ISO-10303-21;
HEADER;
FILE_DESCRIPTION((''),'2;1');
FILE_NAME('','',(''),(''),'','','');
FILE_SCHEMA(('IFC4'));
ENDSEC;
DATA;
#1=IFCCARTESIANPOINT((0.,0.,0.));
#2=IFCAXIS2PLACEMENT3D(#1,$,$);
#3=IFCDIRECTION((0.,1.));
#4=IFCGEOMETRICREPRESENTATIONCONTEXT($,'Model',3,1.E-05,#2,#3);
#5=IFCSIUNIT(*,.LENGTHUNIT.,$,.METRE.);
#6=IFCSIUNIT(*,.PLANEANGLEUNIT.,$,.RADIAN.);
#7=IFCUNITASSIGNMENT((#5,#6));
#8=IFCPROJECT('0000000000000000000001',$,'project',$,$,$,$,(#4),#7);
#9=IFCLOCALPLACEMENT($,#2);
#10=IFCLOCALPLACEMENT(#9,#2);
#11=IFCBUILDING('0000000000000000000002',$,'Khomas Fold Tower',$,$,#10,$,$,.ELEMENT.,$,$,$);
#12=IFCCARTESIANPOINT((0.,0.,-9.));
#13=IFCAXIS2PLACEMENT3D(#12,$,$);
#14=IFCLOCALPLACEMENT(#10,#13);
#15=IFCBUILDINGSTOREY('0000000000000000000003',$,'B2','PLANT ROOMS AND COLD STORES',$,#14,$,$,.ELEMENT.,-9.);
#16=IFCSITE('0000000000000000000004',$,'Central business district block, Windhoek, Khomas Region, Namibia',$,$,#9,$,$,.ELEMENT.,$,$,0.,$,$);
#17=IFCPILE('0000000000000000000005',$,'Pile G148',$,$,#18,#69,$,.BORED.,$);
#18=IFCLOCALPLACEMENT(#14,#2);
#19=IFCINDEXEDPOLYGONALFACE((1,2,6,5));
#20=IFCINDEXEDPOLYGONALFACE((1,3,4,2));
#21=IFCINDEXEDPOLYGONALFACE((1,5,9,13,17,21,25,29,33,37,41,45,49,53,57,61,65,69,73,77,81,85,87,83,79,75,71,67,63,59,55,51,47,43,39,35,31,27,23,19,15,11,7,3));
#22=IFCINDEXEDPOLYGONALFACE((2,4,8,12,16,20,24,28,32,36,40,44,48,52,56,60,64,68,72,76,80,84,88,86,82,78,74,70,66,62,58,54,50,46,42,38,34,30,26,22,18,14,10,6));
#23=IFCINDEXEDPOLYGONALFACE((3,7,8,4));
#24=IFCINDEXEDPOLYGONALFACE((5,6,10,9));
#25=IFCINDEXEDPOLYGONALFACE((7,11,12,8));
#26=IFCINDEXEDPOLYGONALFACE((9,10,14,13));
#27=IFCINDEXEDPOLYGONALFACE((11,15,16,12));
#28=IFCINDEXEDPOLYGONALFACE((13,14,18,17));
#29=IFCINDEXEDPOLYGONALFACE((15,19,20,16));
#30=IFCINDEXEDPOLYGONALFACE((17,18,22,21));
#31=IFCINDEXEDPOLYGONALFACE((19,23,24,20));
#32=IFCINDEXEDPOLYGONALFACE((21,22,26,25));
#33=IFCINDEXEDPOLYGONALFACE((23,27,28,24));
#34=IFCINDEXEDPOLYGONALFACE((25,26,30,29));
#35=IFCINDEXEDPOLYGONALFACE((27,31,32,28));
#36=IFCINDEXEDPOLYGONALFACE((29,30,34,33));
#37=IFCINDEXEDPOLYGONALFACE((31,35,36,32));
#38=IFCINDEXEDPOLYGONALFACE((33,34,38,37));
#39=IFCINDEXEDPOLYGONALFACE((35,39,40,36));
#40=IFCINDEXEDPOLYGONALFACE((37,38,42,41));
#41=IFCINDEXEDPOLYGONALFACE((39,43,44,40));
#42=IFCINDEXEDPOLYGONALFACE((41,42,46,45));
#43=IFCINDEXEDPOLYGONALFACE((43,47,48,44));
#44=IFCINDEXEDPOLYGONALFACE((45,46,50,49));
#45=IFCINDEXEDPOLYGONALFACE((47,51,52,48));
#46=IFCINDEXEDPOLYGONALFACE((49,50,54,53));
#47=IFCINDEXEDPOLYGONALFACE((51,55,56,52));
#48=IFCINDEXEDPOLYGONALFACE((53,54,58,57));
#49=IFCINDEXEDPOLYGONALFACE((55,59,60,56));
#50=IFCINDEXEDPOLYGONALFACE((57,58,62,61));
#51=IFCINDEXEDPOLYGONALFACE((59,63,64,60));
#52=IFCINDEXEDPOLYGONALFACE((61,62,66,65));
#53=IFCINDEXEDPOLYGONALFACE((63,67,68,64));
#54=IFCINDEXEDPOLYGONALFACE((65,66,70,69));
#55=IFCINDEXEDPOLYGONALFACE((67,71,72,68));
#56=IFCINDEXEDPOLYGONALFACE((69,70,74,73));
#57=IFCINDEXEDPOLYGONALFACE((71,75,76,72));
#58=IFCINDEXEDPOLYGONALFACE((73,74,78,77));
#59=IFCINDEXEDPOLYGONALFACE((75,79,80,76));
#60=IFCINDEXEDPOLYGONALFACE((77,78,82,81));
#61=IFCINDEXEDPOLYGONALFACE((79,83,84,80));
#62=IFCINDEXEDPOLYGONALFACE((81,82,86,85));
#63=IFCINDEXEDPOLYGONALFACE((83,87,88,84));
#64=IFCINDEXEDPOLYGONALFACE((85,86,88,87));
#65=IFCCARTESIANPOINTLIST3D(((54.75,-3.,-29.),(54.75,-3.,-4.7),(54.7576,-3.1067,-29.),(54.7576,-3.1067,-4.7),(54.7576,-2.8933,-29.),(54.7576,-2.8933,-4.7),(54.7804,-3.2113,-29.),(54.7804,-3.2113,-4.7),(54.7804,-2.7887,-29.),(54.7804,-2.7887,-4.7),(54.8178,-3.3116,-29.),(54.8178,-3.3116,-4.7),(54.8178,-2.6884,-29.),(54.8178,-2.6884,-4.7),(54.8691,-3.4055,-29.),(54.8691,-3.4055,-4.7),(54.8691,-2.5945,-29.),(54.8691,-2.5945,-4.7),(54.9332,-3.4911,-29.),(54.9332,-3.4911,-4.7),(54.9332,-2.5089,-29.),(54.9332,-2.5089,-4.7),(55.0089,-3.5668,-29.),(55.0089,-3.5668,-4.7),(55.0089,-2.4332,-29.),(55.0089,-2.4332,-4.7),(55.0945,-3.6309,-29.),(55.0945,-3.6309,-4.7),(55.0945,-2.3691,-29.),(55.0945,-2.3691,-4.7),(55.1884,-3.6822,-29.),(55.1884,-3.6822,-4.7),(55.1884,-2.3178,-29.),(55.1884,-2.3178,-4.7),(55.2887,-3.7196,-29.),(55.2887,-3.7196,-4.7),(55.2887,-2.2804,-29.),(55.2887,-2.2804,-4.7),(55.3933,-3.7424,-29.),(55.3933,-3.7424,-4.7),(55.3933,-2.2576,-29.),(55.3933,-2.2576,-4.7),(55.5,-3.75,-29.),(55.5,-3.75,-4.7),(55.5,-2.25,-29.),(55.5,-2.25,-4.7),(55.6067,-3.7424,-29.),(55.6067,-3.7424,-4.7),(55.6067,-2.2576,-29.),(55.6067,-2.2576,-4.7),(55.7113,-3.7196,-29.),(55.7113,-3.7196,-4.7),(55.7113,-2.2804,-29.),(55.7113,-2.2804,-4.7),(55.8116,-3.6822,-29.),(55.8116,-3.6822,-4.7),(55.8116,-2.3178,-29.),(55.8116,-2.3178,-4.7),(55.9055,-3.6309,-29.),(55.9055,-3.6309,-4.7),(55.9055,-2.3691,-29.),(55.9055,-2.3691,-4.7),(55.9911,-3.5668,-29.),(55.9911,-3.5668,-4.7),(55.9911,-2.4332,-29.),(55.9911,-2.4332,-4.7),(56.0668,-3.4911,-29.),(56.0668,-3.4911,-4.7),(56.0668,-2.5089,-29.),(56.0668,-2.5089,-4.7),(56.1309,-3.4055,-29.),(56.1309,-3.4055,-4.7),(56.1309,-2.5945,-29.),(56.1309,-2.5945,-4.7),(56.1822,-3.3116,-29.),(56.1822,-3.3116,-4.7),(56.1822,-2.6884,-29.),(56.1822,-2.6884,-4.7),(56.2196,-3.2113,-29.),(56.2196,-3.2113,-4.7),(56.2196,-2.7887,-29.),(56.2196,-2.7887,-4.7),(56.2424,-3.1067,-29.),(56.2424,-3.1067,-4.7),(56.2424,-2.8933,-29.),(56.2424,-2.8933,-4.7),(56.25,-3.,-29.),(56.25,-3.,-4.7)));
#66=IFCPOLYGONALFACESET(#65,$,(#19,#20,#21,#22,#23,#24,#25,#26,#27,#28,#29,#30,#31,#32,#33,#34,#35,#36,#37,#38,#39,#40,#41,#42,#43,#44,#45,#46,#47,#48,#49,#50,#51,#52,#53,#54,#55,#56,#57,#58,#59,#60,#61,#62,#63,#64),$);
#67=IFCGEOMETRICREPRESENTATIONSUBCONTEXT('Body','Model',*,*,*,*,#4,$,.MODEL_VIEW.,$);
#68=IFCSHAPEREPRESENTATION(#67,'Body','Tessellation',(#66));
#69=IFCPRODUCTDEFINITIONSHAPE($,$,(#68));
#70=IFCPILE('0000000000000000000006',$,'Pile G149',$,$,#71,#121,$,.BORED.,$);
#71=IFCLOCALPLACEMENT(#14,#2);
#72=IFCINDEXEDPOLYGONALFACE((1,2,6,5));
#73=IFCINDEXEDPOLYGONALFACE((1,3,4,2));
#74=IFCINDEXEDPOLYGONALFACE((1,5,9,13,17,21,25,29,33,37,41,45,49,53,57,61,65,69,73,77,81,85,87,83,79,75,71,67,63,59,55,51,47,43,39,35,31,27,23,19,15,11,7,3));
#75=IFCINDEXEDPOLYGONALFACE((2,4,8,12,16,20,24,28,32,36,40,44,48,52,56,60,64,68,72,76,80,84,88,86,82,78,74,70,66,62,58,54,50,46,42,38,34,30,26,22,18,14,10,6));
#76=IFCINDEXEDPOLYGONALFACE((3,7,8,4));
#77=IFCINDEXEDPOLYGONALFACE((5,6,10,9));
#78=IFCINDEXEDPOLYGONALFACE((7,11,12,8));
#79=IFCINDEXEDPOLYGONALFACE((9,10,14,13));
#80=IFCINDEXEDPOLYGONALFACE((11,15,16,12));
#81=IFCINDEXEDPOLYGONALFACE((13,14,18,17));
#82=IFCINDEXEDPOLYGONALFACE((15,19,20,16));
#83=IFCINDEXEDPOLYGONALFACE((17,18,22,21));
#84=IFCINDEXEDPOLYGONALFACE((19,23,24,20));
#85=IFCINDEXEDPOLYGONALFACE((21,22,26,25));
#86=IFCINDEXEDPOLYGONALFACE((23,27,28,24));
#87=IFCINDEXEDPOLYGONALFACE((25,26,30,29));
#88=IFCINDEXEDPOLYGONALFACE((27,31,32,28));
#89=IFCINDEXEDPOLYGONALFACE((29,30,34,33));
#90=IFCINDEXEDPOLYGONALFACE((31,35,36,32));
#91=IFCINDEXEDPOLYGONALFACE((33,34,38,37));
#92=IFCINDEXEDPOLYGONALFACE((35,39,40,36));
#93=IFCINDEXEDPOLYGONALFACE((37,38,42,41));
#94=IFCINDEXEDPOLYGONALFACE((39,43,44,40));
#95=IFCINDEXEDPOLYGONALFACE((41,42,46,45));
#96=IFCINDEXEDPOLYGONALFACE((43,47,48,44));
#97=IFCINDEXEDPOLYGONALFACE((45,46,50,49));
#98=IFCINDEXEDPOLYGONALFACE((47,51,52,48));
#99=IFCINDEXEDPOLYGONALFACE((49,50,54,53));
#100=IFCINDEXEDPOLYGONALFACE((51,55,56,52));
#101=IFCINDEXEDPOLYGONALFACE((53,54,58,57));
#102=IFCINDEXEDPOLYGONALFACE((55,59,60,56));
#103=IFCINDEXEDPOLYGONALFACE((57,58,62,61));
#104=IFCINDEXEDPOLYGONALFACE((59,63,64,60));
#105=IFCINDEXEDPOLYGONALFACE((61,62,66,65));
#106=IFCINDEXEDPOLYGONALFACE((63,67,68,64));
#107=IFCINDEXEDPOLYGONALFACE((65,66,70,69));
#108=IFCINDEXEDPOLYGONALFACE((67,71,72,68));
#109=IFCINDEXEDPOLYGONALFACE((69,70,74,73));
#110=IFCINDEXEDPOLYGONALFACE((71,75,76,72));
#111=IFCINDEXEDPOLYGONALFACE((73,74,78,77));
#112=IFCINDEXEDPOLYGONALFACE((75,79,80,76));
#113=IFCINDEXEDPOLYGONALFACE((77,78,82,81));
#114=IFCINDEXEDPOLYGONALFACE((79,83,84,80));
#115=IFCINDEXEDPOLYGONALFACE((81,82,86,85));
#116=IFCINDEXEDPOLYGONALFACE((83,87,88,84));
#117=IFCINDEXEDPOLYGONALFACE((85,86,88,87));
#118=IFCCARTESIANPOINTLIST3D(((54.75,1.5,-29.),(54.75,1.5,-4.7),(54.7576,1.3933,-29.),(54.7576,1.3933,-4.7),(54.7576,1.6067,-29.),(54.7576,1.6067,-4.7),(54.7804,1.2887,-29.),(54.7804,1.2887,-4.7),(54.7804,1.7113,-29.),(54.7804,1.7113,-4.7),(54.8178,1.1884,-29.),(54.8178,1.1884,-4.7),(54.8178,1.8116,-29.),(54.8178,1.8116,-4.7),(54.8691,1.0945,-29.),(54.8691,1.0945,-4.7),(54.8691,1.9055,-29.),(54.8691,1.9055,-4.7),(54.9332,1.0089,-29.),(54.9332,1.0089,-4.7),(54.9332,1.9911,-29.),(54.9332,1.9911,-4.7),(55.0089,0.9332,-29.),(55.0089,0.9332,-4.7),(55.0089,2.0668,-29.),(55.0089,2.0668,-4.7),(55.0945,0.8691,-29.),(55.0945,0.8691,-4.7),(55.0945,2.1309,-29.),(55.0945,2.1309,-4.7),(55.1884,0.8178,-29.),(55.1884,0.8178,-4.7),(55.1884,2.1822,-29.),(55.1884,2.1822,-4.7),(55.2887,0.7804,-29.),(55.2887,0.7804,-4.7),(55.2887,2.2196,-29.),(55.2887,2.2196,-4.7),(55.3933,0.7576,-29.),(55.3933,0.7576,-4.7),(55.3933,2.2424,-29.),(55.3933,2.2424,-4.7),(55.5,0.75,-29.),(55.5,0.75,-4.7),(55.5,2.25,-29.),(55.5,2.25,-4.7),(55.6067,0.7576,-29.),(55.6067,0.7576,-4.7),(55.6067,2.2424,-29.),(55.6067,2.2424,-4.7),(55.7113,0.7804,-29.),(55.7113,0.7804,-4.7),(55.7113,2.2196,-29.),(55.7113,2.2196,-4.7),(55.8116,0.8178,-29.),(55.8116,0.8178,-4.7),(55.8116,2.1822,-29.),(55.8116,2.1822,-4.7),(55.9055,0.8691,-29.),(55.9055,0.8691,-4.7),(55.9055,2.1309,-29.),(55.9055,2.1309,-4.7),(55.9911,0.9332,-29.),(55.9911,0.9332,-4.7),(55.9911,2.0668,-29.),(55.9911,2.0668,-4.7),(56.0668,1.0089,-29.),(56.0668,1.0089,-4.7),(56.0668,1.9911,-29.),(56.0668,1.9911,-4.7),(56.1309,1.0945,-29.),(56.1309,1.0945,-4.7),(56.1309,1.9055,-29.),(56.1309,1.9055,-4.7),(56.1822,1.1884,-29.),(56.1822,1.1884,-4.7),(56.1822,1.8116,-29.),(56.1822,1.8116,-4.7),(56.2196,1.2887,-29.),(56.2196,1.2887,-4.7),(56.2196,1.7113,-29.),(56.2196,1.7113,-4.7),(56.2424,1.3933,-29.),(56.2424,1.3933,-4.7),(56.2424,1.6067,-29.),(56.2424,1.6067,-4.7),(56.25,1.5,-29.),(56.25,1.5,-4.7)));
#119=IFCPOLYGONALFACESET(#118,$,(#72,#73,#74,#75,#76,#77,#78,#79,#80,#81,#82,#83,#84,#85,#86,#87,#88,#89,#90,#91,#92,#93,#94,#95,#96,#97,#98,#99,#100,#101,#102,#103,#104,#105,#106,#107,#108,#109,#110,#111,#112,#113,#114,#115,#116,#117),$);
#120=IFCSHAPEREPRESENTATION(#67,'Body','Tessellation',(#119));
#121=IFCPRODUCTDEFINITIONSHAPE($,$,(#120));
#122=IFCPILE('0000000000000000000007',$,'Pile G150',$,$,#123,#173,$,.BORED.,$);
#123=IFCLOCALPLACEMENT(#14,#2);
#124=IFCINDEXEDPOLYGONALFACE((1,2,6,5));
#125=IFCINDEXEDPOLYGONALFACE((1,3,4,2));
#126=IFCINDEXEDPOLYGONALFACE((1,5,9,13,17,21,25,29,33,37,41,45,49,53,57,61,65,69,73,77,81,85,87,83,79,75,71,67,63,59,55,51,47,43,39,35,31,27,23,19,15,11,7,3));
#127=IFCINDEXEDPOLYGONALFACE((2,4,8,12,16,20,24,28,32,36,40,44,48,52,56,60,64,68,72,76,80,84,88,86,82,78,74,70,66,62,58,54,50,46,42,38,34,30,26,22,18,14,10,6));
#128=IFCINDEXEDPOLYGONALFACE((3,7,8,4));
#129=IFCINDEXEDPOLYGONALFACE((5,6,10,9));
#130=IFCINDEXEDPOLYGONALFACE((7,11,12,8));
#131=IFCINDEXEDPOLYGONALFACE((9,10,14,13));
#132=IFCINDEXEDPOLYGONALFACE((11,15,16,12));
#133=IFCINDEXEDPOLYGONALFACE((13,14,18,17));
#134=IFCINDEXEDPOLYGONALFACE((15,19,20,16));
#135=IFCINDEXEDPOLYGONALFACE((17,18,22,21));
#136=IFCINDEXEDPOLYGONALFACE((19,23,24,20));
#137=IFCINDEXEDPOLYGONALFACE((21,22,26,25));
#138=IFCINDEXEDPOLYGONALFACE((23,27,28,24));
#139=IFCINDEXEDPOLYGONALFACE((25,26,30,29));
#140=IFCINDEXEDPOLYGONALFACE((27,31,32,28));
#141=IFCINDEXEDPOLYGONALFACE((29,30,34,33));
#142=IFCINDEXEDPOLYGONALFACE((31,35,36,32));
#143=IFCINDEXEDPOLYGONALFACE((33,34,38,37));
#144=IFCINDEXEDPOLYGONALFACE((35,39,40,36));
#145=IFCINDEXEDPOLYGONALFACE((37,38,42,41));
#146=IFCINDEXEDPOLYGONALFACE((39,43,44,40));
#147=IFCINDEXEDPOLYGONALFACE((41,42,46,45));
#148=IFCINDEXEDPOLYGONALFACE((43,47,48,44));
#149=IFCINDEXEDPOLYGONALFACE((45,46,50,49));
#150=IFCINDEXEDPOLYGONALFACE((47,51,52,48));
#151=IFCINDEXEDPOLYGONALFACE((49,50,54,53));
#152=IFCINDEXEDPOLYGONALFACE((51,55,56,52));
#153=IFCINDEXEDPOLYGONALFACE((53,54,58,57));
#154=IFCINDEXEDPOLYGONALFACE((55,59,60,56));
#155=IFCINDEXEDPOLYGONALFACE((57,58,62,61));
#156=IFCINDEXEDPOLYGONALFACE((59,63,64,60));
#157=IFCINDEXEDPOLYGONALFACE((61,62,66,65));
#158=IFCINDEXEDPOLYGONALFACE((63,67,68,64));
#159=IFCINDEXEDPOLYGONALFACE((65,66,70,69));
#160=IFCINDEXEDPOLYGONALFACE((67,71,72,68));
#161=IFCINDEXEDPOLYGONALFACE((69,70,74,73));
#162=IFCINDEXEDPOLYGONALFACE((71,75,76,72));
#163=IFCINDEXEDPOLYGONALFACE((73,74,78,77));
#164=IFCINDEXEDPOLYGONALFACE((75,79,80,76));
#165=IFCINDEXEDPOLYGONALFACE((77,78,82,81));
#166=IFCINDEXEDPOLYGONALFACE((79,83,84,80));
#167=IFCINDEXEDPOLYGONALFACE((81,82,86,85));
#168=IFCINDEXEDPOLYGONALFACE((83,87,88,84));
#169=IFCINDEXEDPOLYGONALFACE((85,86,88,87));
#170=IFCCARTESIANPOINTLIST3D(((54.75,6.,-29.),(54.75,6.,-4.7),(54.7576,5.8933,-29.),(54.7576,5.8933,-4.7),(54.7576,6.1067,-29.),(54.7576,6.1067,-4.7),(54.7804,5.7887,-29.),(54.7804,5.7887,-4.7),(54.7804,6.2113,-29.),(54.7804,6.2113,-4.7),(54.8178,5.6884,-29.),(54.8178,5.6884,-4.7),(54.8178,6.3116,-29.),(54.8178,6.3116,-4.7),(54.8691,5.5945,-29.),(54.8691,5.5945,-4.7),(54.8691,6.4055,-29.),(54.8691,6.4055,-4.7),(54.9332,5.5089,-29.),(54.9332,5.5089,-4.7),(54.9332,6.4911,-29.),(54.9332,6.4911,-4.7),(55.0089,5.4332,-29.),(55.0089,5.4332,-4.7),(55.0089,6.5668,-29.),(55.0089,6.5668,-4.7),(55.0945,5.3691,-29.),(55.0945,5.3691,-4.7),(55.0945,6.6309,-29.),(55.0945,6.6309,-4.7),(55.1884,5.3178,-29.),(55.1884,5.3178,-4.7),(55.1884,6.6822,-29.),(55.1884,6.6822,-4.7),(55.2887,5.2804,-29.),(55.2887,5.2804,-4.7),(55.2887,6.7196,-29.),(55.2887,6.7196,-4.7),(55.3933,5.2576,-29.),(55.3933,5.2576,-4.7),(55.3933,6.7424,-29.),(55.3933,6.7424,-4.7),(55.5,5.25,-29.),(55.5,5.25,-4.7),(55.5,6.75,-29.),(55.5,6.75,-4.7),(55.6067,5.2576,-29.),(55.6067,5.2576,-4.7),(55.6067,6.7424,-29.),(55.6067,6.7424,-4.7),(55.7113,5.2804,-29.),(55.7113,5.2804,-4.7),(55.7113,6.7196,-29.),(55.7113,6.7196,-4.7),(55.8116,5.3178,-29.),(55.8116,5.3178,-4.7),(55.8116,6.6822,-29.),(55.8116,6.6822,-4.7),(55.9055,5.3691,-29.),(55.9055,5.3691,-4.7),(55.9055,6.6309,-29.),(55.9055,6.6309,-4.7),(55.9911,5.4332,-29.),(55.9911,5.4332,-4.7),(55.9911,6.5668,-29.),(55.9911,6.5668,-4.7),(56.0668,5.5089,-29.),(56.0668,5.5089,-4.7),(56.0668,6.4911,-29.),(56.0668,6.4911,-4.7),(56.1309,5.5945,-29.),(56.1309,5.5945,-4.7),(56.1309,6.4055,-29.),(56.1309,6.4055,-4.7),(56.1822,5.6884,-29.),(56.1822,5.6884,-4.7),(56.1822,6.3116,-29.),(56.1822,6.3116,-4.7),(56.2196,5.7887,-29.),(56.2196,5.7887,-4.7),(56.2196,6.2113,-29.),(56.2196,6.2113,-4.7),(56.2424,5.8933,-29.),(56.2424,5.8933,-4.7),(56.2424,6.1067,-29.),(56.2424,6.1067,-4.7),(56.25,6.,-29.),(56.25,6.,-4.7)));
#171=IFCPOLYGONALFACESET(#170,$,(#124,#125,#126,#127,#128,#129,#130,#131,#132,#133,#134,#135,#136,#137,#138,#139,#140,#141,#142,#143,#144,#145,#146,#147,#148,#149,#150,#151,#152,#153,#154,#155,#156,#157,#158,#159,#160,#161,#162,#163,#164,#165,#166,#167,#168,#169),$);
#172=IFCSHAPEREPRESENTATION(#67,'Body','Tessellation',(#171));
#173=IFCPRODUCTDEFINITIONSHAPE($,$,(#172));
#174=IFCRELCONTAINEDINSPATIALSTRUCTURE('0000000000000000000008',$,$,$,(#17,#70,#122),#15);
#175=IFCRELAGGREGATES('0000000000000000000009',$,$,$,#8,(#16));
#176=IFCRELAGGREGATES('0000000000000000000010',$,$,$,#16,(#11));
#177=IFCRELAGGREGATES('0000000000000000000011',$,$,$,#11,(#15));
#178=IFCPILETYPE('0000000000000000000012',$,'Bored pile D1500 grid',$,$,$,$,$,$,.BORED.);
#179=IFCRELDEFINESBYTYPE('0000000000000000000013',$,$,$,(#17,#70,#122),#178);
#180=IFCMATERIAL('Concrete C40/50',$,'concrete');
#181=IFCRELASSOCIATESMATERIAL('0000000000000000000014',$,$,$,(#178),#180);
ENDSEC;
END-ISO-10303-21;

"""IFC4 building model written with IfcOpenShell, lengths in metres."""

from ifc_helpers import new_model, si_unit, direction, frame, origin, origin_2d, place, context, subcontext, project, spatial, circle, extrude, source, transform, mapped, material, material_profile, profile_set, type_object, element, save


model = new_model("IFC4")

# Units and contexts
model_context = context("Model", 3, precision=1e-05, world=origin(), true_north=direction((0.0, 1.0)))
body_context = subcontext(model_context, "Body", "Model", "MODEL_VIEW")
ifc_project = project(units=[si_unit("LENGTHUNIT", "METRE"), si_unit("PLANEANGLEUNIT", "RADIAN")], contexts=[model_context])

# Site, building, storey
site_placement = place(None, origin())
site = spatial("IfcSite", under=ifc_project, at=site_placement, Name="Central business district block, Windhoek, Khomas Region, Namibia", CompositionType="ELEMENT", RefElevation=0.0)
building_placement = place(site_placement, origin())
building = spatial("IfcBuilding", under=site, at=building_placement, Name="Khomas Fold Tower", CompositionType="ELEMENT")
storey_placement = place(building_placement, frame((0.0, 0.0, -9.0)))
storey = spatial("IfcBuildingStorey", under=building, at=storey_placement, Name="B2", Description="PLANT ROOMS AND COLD STORES", CompositionType="ELEMENT", Elevation=-9.0)

# Piles
ifc_material_1 = material(Name="Concrete C40/50", Category="concrete")
ifc_material_profile_1 = material_profile(ifc_material_1, circle(Radius=0.75, at=origin_2d()), Name="PILE D1500")
ifc_profile_set_1 = profile_set([ifc_material_profile_1], Name="Concrete C40/50")
pile_type = type_object("IfcPileType", Name="Bored pile D1500 grid", PredefinedType="BORED", material=ifc_profile_set_1)
shared_shape_1 = source(origin(), body_context, "Body", "SweptSolid", [
    extrude(circle(Radius=0.75, at=origin_2d()), origin(), (0.0, 0.0, 1.0), 24.3),
])
for number, where, z_axis, x_axis, name in (
    (1, (55.5, -3.0, -4.7), (0.0, 0.0, -1.0), (1.0, 0.0, 0.0), "Pile G148"),
    (2, (55.5, 1.5, -4.7), (0.0, 0.0, -1.0), (1.0, 0.0, 0.0), "Pile G149"),
    (3, (55.5, 6.0, -4.7), (0.0, 0.0, -1.0), (1.0, 0.0, 0.0), "Pile G150"),
):
    element("IfcPile", number, at=place(storey_placement, frame(where, z_axis=z_axis, x_axis=x_axis)), inside=storey, type_object=pile_type, Name=name, PredefinedType="BORED", context=body_context, shape_type="MappedRepresentation", body=[
        mapped(shared_shape_1, transform((0.0, 0.0, 0.0))),
    ])

save(model, "model.ifc")
